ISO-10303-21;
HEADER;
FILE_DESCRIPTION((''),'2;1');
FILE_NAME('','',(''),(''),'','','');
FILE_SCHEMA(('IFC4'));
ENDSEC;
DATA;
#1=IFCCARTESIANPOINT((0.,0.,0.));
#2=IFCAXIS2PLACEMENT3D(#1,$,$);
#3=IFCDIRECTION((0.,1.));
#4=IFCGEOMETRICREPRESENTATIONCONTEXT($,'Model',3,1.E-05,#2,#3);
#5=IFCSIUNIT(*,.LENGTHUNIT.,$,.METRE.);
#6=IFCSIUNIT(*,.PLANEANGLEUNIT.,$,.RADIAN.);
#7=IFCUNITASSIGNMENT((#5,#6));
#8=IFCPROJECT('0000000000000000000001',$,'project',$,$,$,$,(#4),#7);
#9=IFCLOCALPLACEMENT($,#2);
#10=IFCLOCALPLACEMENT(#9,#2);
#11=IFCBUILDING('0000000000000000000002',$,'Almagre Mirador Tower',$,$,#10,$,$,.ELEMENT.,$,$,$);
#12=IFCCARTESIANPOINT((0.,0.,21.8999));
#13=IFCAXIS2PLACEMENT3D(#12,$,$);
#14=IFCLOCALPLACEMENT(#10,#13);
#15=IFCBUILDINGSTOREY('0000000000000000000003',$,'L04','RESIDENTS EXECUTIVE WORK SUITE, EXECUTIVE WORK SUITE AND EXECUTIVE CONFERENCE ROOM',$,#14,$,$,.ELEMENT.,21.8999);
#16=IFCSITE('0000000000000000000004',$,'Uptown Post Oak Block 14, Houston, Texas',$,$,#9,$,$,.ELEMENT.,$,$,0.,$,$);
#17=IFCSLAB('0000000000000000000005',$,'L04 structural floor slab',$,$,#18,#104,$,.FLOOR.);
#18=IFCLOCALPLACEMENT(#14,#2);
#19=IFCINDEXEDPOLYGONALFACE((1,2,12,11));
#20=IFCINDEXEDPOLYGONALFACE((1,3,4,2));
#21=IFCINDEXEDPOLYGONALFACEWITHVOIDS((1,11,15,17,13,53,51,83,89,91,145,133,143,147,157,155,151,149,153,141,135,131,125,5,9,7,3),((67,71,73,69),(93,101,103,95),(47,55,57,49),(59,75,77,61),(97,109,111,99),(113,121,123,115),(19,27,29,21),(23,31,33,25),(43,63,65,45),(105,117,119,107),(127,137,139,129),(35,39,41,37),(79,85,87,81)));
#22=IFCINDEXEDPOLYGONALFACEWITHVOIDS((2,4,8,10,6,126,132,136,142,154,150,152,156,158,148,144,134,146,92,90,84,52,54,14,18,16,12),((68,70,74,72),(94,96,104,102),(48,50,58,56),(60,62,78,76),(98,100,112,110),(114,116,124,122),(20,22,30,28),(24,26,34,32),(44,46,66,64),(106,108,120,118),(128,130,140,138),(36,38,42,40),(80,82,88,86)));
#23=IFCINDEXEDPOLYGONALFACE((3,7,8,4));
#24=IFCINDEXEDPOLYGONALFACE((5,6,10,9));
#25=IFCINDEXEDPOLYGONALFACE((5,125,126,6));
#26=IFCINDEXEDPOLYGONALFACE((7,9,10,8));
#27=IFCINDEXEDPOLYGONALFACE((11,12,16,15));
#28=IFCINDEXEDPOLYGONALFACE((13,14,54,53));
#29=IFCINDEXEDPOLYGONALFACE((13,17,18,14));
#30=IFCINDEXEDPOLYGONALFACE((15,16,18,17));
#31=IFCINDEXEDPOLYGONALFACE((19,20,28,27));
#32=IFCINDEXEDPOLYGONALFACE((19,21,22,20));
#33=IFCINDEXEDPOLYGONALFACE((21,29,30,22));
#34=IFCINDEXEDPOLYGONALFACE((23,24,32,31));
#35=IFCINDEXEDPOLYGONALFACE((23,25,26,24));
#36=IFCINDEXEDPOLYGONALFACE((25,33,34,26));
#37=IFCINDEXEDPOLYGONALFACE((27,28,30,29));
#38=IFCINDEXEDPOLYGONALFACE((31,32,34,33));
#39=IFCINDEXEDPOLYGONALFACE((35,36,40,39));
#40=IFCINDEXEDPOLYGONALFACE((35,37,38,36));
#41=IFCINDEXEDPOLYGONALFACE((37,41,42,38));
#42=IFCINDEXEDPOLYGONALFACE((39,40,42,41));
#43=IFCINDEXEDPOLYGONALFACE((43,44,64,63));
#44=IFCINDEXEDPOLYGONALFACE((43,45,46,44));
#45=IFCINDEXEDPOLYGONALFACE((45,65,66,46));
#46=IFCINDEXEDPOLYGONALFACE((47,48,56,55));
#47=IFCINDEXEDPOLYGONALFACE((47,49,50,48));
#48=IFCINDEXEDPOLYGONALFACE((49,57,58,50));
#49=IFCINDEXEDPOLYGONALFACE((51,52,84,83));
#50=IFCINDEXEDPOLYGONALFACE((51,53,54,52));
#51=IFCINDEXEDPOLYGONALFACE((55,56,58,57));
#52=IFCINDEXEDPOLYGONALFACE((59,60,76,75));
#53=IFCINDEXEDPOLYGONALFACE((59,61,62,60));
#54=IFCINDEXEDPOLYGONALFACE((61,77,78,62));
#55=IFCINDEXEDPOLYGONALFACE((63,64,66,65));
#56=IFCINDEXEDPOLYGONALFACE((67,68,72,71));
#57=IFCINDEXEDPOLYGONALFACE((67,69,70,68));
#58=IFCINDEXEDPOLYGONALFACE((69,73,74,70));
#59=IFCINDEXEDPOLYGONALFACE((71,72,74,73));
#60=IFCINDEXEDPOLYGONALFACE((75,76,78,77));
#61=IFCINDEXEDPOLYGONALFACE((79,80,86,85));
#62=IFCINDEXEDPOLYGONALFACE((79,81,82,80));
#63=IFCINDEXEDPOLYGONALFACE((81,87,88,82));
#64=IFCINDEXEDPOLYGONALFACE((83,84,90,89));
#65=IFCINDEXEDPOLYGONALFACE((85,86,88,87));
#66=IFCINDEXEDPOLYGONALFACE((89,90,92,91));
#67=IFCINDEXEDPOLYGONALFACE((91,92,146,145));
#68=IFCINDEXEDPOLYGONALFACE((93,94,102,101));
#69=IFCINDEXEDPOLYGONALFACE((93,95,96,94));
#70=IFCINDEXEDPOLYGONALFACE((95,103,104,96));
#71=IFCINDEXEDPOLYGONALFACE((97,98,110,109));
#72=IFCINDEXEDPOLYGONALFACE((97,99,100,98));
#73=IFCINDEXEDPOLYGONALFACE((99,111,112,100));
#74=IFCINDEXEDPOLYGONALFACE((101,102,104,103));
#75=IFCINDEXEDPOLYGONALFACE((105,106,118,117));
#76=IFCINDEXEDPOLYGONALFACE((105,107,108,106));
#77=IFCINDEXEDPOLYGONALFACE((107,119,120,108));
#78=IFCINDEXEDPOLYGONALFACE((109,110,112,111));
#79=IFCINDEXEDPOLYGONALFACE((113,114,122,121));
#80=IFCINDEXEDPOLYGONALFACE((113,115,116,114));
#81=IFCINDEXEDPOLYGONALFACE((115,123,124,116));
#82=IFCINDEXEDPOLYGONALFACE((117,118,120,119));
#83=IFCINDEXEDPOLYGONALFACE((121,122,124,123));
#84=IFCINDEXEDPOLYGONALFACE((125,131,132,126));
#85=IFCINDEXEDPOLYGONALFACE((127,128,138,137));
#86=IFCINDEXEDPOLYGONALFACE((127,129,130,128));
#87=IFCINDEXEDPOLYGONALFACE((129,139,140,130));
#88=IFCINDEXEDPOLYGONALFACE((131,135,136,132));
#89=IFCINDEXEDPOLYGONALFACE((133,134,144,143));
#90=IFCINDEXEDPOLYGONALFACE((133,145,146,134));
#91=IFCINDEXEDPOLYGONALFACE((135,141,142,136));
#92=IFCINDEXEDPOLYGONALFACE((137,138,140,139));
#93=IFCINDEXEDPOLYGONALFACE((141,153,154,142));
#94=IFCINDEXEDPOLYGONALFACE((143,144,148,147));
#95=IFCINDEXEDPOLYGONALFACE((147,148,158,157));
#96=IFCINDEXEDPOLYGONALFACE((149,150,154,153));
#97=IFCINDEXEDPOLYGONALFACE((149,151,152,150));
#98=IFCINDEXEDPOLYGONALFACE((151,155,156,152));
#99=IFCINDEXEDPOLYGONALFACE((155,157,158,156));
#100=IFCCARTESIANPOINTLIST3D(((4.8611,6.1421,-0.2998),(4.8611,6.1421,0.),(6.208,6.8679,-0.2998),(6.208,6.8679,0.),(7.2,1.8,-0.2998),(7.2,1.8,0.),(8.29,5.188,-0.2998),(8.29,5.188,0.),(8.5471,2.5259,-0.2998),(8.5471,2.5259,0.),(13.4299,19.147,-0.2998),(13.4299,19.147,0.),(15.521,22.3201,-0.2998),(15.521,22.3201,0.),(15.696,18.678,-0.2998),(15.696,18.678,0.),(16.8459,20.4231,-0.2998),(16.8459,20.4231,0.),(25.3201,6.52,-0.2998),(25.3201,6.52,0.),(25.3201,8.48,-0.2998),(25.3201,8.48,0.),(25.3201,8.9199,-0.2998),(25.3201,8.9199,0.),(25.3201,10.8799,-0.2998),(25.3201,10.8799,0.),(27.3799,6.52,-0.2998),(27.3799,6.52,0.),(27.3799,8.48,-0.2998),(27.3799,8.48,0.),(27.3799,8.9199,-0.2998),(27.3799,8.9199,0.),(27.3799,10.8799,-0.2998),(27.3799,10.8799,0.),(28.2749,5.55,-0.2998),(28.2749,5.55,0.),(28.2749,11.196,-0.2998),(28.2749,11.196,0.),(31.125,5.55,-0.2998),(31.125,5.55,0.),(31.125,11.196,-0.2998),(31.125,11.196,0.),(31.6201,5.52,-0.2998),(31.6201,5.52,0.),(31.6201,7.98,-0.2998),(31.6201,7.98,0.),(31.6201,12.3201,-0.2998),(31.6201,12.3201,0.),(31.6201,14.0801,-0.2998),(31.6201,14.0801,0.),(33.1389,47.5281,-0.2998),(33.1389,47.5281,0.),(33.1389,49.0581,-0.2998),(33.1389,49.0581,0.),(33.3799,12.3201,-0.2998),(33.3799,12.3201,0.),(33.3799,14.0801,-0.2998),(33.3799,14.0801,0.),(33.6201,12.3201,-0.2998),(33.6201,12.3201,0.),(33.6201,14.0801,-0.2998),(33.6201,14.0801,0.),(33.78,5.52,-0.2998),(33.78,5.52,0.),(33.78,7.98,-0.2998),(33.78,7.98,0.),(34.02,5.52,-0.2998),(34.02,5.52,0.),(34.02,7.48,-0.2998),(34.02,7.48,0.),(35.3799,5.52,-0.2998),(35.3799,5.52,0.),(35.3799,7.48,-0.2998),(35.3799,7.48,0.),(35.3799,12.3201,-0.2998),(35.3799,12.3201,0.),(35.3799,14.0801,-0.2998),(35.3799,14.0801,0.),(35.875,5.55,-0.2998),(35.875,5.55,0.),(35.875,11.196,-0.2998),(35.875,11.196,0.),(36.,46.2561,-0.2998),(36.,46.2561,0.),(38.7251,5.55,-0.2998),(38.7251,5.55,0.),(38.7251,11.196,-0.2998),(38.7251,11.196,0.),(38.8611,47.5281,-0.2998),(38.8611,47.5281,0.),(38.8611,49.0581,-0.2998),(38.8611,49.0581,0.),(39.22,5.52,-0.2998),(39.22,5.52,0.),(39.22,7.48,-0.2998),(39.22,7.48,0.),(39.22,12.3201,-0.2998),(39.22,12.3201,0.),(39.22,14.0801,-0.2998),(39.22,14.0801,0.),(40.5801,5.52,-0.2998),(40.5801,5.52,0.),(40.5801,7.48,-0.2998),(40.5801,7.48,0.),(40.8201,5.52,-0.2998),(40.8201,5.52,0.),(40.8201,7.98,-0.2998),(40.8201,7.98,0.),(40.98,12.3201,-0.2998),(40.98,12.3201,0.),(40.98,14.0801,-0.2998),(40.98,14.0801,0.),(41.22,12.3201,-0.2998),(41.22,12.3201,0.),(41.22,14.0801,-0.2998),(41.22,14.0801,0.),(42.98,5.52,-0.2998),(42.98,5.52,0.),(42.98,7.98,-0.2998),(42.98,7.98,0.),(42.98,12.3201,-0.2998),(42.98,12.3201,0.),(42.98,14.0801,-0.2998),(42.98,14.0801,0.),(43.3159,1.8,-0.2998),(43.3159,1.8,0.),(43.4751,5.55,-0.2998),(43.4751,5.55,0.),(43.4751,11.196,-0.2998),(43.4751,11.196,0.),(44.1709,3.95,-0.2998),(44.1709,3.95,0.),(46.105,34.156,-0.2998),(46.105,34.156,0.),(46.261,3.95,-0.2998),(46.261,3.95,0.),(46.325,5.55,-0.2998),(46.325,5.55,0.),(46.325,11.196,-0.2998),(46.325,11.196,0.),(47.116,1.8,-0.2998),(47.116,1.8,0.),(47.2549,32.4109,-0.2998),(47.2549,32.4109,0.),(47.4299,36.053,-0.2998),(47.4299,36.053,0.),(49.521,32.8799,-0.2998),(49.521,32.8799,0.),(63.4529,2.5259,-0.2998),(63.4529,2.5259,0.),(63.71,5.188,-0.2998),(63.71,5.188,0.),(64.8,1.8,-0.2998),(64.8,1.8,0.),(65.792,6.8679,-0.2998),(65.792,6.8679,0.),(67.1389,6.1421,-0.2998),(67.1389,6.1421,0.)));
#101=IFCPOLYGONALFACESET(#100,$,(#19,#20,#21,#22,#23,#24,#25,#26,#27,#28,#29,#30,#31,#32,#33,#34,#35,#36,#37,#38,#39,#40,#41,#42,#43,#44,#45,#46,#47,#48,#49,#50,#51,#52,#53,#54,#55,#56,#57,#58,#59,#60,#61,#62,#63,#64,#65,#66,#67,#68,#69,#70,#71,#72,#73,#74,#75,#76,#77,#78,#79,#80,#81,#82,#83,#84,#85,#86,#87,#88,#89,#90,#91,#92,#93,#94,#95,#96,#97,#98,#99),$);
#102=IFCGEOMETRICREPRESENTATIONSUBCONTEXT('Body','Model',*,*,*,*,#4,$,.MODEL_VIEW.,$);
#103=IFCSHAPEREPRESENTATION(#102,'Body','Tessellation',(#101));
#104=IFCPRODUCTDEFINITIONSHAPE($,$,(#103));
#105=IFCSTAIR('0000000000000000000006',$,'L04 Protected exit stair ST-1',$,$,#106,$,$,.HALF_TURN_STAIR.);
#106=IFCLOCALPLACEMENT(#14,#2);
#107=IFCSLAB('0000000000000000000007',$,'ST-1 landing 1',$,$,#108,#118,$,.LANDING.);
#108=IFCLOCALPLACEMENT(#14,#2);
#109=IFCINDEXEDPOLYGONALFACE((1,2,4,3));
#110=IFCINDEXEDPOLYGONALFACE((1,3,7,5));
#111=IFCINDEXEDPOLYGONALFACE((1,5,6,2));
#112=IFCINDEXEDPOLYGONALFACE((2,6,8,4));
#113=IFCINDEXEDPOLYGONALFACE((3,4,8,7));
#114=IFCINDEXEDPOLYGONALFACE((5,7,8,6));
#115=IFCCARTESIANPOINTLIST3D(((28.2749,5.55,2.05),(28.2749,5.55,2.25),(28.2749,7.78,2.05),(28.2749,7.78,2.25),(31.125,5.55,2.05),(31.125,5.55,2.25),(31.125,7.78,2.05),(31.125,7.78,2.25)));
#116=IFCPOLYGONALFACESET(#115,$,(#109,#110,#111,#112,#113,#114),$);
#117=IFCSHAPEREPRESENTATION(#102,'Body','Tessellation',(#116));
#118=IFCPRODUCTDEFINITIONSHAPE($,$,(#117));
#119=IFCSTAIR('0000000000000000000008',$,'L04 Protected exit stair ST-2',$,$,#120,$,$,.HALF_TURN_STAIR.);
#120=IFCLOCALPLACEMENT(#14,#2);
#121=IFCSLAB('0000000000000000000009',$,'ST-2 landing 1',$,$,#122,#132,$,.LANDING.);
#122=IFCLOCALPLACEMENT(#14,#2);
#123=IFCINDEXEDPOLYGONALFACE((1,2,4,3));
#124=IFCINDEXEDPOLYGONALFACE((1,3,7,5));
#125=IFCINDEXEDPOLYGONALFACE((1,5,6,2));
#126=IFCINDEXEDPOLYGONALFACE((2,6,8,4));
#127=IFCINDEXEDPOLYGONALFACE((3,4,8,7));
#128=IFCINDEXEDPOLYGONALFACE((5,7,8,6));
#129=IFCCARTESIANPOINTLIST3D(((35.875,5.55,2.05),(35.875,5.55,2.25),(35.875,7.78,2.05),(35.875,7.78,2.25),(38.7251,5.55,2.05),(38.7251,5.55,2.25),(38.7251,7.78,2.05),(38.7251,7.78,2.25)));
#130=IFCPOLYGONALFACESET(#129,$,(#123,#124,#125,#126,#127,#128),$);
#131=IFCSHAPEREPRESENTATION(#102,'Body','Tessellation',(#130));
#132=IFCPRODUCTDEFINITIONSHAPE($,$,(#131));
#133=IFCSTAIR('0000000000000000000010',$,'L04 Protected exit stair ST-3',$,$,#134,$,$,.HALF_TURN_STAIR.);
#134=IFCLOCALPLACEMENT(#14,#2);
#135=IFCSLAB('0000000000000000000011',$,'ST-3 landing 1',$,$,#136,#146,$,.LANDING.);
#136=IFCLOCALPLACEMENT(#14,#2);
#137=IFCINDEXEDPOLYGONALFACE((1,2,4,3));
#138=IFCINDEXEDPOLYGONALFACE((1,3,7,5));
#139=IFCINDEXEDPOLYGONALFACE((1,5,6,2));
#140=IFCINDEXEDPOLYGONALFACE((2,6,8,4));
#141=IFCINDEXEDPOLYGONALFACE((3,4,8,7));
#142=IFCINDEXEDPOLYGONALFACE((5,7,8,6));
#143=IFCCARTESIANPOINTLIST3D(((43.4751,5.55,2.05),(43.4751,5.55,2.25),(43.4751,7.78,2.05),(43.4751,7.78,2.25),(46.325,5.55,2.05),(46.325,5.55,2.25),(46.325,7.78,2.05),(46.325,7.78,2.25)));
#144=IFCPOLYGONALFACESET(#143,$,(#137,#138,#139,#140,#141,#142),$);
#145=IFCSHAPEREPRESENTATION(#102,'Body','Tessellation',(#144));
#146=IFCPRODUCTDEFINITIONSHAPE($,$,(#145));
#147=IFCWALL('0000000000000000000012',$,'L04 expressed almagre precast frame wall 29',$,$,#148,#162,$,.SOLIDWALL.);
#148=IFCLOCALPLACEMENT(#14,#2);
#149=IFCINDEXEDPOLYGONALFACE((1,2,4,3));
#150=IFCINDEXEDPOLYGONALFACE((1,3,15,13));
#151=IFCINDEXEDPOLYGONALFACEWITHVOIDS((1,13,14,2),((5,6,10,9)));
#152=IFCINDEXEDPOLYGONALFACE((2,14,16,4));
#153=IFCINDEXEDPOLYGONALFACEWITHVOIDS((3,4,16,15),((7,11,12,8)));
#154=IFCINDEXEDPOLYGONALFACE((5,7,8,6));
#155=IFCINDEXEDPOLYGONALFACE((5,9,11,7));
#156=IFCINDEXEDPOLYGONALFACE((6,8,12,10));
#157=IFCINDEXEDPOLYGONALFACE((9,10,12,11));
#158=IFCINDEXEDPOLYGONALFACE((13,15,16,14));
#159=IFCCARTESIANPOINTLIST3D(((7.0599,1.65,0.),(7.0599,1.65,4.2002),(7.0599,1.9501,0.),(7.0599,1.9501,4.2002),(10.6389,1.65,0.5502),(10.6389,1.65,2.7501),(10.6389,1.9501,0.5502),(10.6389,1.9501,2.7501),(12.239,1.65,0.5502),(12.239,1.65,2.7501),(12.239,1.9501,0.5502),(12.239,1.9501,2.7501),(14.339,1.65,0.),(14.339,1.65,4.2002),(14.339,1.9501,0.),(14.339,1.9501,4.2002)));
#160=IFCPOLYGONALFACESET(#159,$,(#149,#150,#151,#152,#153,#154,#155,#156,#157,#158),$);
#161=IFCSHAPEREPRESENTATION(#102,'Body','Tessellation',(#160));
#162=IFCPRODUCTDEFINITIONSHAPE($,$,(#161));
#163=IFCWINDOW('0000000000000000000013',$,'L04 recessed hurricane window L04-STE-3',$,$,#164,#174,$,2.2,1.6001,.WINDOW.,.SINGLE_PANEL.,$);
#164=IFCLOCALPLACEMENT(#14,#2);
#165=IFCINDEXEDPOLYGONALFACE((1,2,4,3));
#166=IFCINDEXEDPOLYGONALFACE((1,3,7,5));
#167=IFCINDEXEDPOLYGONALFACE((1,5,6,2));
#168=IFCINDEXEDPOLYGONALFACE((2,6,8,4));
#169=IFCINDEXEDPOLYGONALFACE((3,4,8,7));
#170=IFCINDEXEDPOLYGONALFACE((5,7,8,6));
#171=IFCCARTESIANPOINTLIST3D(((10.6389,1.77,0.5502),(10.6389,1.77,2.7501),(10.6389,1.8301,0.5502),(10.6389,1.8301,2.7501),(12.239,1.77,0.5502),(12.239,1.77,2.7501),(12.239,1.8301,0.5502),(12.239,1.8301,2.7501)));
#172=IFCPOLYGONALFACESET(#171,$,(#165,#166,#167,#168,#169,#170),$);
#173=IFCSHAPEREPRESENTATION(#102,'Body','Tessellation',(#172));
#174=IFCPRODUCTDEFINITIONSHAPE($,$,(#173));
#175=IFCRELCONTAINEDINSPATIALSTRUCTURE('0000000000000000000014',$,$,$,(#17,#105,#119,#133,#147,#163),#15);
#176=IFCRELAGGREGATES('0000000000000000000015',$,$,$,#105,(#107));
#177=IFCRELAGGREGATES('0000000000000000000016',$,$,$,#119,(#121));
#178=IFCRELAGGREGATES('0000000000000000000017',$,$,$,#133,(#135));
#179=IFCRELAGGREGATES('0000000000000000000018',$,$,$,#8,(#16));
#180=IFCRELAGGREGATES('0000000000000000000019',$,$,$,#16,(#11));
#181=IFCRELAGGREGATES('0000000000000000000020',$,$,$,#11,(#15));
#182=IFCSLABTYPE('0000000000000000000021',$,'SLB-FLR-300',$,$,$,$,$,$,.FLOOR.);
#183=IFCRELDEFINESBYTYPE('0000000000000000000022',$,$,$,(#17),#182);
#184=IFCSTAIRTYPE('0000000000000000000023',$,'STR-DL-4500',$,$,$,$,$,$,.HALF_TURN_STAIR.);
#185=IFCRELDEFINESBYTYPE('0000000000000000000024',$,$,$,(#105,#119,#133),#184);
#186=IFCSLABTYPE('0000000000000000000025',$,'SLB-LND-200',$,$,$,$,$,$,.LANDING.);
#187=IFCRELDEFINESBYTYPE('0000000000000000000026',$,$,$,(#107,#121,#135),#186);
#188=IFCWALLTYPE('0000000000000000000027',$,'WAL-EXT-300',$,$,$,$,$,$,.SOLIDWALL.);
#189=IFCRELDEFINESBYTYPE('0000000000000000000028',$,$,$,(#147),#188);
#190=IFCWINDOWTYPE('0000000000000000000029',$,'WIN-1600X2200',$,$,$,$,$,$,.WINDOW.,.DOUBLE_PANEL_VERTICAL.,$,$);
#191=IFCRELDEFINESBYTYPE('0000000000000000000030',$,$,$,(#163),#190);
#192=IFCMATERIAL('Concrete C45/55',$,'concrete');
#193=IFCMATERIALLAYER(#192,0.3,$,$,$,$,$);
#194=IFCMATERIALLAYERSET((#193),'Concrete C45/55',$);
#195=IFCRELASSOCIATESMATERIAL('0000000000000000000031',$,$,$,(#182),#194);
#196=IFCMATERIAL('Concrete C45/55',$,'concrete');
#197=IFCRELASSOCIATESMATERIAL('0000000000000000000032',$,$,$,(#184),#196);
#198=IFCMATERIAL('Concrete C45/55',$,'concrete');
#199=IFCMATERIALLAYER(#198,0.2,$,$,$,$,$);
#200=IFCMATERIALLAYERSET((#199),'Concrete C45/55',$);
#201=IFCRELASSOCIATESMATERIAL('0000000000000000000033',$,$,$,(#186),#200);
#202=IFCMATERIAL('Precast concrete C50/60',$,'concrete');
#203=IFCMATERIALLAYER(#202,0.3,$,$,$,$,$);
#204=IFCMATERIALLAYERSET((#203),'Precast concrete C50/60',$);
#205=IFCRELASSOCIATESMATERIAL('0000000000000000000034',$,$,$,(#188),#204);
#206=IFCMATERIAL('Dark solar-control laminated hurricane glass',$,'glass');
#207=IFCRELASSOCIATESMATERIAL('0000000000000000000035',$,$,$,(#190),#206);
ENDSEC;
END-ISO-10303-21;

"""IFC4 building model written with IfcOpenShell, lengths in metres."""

from ifc_helpers import new_model, si_unit, direction, frame, frame_2d, origin, place, context, subcontext, project, spatial, polyline, rectangle, outline, extrude, material, layer, layer_set, type_object, element, fill, aggregate, save


model = new_model("IFC4")

# Units and contexts
model_context = context("Model", 3, precision=1e-05, world=origin(), true_north=direction((0.0, 1.0)))
body_context = subcontext(model_context, "Body", "Model", "MODEL_VIEW")
ifc_project = project(units=[si_unit("LENGTHUNIT", "METRE"), si_unit("PLANEANGLEUNIT", "RADIAN")], contexts=[model_context])

# Site, building, storey
site_placement = place(None, origin())
site = spatial("IfcSite", under=ifc_project, at=site_placement, Name="Uptown Post Oak Block 14, Houston, Texas", CompositionType="ELEMENT", RefElevation=0.0)
building_placement = place(site_placement, origin())
building = spatial("IfcBuilding", under=site, at=building_placement, Name="Almagre Mirador Tower", CompositionType="ELEMENT")
storey_placement = place(building_placement, frame((0.0, 0.0, 21.8999)))
storey = spatial("IfcBuildingStorey", under=building, at=storey_placement, Name="L04", Description="RESIDENTS EXECUTIVE WORK SUITE, EXECUTIVE WORK SUITE AND EXECUTIVE CONFERENCE ROOM", CompositionType="ELEMENT", Elevation=21.8999)

# Slab
ifc_material_1 = material(Name="Concrete C45/55", Category="concrete")
ifc_layer_1 = layer(ifc_material_1, 0.3)
ifc_layer_set_1 = layer_set([ifc_layer_1], Name="Concrete C45/55")
slab_type_1 = type_object("IfcSlabType", Name="SLB-FLR-300", PredefinedType="FLOOR", material=ifc_layer_set_1)
slab_1_placement = place(storey_placement, frame((0.0, 0.0, -0.2998)))
element("IfcSlab", 1, at=slab_1_placement, inside=storey, type_object=slab_type_1, Name="L04 structural floor slab", PredefinedType="FLOOR", context=body_context, shape_type="SweptSolid", body=[
    extrude(outline(polyline([(4.8611, 6.1421), (6.208, 6.8679), (8.29, 5.188), (8.5471, 2.5259), (7.2, 1.8), (43.3159, 1.8), (44.1709, 3.95), (46.261, 3.95), (47.116, 1.8), (64.8, 1.8), (63.4529, 2.5259), (63.71, 5.188), (65.792, 6.8679), (67.1389, 6.1421), (49.521, 32.8799), (47.2549, 32.4109), (46.105, 34.156), (47.4299, 36.053), (38.8611, 49.0581), (38.8611, 47.5281), (36.0, 46.2561), (33.1389, 47.5281), (33.1389, 49.0581), (15.521, 22.3201), (16.8459, 20.4231), (15.696, 18.678), (13.4299, 19.147), (4.8611, 6.1421)]), holes=[polyline([(43.4751, 11.196), (46.325, 11.196), (46.325, 5.55), (43.4751, 5.55), (43.4751, 11.196)]), polyline([(40.8201, 5.52), (40.8201, 7.98), (42.98, 7.98), (42.98, 5.52), (40.8201, 5.52)]), polyline([(41.22, 12.3201), (41.22, 14.0801), (42.98, 14.0801), (42.98, 12.3201), (41.22, 12.3201)]), polyline([(39.22, 12.3201), (39.22, 14.0801), (40.98, 14.0801), (40.98, 12.3201), (39.22, 12.3201)]), polyline([(39.22, 5.52), (39.22, 7.48), (40.5801, 7.48), (40.5801, 5.52), (39.22, 5.52)]), polyline([(35.875, 11.196), (38.7251, 11.196), (38.7251, 5.55), (35.875, 5.55), (35.875, 11.196)]), polyline([(35.3799, 5.52), (34.02, 5.52), (34.02, 7.48), (35.3799, 7.48), (35.3799, 5.52)]), polyline([(35.3799, 12.3201), (33.6201, 12.3201), (33.6201, 14.0801), (35.3799, 14.0801), (35.3799, 12.3201)]), polyline([(31.6201, 5.52), (31.6201, 7.98), (33.78, 7.98), (33.78, 5.52), (31.6201, 5.52)]), polyline([(31.6201, 12.3201), (31.6201, 14.0801), (33.3799, 14.0801), (33.3799, 12.3201), (31.6201, 12.3201)]), polyline([(28.2749, 5.55), (28.2749, 11.196), (31.125, 11.196), (31.125, 5.55), (28.2749, 5.55)]), polyline([(25.3201, 6.52), (25.3201, 8.48), (27.3799, 8.48), (27.3799, 6.52), (25.3201, 6.52)]), polyline([(25.3201, 8.9199), (25.3201, 10.8799), (27.3799, 10.8799), (27.3799, 8.9199), (25.3201, 8.9199)])]), origin(), (0.0, 0.0, 1.0), 0.2998),
])

# Stairs, slabs
ifc_material_2 = material(Name="Concrete C45/55", Category="concrete")
stair_type = type_object("IfcStairType", Name="STR-DL-4500", PredefinedType="HALF_TURN_STAIR", material=ifc_material_2)
stair_1_placement = place(storey_placement, origin())
stair_1 = element("IfcStair", 2, at=stair_1_placement, inside=storey, type_object=stair_type, Name="L04 Protected exit stair ST-1", PredefinedType="HALF_TURN_STAIR")
ifc_material_3 = material(Name="Concrete C45/55", Category="concrete")
ifc_layer_2 = layer(ifc_material_3, 0.2)
ifc_layer_set_2 = layer_set([ifc_layer_2], Name="Concrete C45/55")
slab_type_2 = type_object("IfcSlabType", Name="SLB-LND-200", PredefinedType="LANDING", material=ifc_layer_set_2)
slab_2_placement = place(storey_placement, frame((0.0, 0.0, 2.05)))
slab_2 = element("IfcSlab", 3, at=slab_2_placement, type_object=slab_type_2, Name="ST-1 landing 1", PredefinedType="LANDING", context=body_context, shape_type="SweptSolid", body=[
    extrude(outline(polyline([(28.2749, 7.78), (28.2749, 5.55), (31.125, 5.55), (31.125, 7.78), (28.2749, 7.78)])), origin(), (0.0, 0.0, 1.0), 0.2),
])
aggregate(stair_1, [slab_2])
stair_2_placement = place(storey_placement, origin())
stair_2 = element("IfcStair", 4, at=stair_2_placement, inside=storey, type_object=stair_type, Name="L04 Protected exit stair ST-2", PredefinedType="HALF_TURN_STAIR")
slab_3_placement = place(storey_placement, frame((0.0, 0.0, 2.05)))
slab_3 = element("IfcSlab", 5, at=slab_3_placement, type_object=slab_type_2, Name="ST-2 landing 1", PredefinedType="LANDING", context=body_context, shape_type="SweptSolid", body=[
    extrude(outline(polyline([(35.875, 7.78), (35.875, 5.55), (38.7251, 5.55), (38.7251, 7.78), (35.875, 7.78)])), origin(), (0.0, 0.0, 1.0), 0.2),
])
aggregate(stair_2, [slab_3])
stair_3_placement = place(storey_placement, origin())
stair_3 = element("IfcStair", 6, at=stair_3_placement, inside=storey, type_object=stair_type, Name="L04 Protected exit stair ST-3", PredefinedType="HALF_TURN_STAIR")
slab_4_placement = place(storey_placement, frame((0.0, 0.0, 2.05)))
slab_4 = element("IfcSlab", 7, at=slab_4_placement, type_object=slab_type_2, Name="ST-3 landing 1", PredefinedType="LANDING", context=body_context, shape_type="SweptSolid", body=[
    extrude(outline(polyline([(43.4751, 7.78), (43.4751, 5.55), (46.325, 5.55), (46.325, 7.78), (43.4751, 7.78)])), origin(), (0.0, 0.0, 1.0), 0.2),
])
aggregate(stair_3, [slab_4])

# Wall, opening, window
ifc_material_4 = material(Name="Precast concrete C50/60", Category="concrete")
ifc_layer_3 = layer(ifc_material_4, 0.3)
ifc_layer_set_3 = layer_set([ifc_layer_3], Name="Precast concrete C50/60")
wall_type = type_object("IfcWallType", Name="WAL-EXT-300", PredefinedType="SOLIDWALL", material=ifc_layer_set_3)
wall_1_placement = place(storey_placement, frame((14.3391, 1.8, 0.0), z_axis=(0.0, 0.0, 1.0), x_axis=(-1.0, 0.0, 0.0)))
wall_1 = element("IfcWall", 8, at=wall_1_placement, inside=storey, type_object=wall_type, Name="L04 expressed almagre precast frame wall 29", PredefinedType="SOLIDWALL", context=body_context, shape_type="SweptSolid", body=[
    extrude(rectangle(XDim=7.2791, YDim=0.3, at=frame_2d((3.6396, 0.0))), origin(), (0.0, 0.0, 1.0), 4.2002),
])
opening_1_placement = place(wall_1_placement, frame((2.1001, 0.0, 0.55)))
opening_1 = element("IfcOpeningElement", 9, at=opening_1_placement, cuts=wall_1, PredefinedType="OPENING", context=body_context, shape_type="SweptSolid", body=[
    extrude(rectangle(XDim=1.6001, YDim=2.2, at=frame_2d((0.8, 1.1001))), frame((0.0, 0.1599, 0.0), z_axis=(0.0, -1.0, 0.0), x_axis=(1.0, 0.0, 0.0)), (0.0, 0.0, 1.0), 0.32),
])
ifc_material_5 = material(Name="Dark solar-control laminated hurricane glass", Category="glass")
window_type_1 = type_object("IfcWindowType", Name="WIN-1600X2200", PartitioningType="DOUBLE_PANEL_VERTICAL", PredefinedType="WINDOW", material=ifc_material_5)
window_1_placement = place(opening_1_placement, origin())
window_1 = element("IfcWindow", 10, at=window_1_placement, inside=storey, type_object=window_type_1, Name="L04 recessed hurricane window L04-STE-3", OverallHeight=2.2, OverallWidth=1.6001, PartitioningType="SINGLE_PANEL", PredefinedType="WINDOW", context=body_context, shape_type="SweptSolid", body=[
    extrude(rectangle(XDim=1.6001, YDim=2.2, at=frame_2d((0.8, 1.1001))), frame((0.0, 0.03, 0.0), z_axis=(0.0, -1.0, 0.0), x_axis=(1.0, 0.0, 0.0)), (0.0, 0.0, 1.0), 0.0601),
])
fill(opening_1, window_1)

save(model, "model.ifc")
